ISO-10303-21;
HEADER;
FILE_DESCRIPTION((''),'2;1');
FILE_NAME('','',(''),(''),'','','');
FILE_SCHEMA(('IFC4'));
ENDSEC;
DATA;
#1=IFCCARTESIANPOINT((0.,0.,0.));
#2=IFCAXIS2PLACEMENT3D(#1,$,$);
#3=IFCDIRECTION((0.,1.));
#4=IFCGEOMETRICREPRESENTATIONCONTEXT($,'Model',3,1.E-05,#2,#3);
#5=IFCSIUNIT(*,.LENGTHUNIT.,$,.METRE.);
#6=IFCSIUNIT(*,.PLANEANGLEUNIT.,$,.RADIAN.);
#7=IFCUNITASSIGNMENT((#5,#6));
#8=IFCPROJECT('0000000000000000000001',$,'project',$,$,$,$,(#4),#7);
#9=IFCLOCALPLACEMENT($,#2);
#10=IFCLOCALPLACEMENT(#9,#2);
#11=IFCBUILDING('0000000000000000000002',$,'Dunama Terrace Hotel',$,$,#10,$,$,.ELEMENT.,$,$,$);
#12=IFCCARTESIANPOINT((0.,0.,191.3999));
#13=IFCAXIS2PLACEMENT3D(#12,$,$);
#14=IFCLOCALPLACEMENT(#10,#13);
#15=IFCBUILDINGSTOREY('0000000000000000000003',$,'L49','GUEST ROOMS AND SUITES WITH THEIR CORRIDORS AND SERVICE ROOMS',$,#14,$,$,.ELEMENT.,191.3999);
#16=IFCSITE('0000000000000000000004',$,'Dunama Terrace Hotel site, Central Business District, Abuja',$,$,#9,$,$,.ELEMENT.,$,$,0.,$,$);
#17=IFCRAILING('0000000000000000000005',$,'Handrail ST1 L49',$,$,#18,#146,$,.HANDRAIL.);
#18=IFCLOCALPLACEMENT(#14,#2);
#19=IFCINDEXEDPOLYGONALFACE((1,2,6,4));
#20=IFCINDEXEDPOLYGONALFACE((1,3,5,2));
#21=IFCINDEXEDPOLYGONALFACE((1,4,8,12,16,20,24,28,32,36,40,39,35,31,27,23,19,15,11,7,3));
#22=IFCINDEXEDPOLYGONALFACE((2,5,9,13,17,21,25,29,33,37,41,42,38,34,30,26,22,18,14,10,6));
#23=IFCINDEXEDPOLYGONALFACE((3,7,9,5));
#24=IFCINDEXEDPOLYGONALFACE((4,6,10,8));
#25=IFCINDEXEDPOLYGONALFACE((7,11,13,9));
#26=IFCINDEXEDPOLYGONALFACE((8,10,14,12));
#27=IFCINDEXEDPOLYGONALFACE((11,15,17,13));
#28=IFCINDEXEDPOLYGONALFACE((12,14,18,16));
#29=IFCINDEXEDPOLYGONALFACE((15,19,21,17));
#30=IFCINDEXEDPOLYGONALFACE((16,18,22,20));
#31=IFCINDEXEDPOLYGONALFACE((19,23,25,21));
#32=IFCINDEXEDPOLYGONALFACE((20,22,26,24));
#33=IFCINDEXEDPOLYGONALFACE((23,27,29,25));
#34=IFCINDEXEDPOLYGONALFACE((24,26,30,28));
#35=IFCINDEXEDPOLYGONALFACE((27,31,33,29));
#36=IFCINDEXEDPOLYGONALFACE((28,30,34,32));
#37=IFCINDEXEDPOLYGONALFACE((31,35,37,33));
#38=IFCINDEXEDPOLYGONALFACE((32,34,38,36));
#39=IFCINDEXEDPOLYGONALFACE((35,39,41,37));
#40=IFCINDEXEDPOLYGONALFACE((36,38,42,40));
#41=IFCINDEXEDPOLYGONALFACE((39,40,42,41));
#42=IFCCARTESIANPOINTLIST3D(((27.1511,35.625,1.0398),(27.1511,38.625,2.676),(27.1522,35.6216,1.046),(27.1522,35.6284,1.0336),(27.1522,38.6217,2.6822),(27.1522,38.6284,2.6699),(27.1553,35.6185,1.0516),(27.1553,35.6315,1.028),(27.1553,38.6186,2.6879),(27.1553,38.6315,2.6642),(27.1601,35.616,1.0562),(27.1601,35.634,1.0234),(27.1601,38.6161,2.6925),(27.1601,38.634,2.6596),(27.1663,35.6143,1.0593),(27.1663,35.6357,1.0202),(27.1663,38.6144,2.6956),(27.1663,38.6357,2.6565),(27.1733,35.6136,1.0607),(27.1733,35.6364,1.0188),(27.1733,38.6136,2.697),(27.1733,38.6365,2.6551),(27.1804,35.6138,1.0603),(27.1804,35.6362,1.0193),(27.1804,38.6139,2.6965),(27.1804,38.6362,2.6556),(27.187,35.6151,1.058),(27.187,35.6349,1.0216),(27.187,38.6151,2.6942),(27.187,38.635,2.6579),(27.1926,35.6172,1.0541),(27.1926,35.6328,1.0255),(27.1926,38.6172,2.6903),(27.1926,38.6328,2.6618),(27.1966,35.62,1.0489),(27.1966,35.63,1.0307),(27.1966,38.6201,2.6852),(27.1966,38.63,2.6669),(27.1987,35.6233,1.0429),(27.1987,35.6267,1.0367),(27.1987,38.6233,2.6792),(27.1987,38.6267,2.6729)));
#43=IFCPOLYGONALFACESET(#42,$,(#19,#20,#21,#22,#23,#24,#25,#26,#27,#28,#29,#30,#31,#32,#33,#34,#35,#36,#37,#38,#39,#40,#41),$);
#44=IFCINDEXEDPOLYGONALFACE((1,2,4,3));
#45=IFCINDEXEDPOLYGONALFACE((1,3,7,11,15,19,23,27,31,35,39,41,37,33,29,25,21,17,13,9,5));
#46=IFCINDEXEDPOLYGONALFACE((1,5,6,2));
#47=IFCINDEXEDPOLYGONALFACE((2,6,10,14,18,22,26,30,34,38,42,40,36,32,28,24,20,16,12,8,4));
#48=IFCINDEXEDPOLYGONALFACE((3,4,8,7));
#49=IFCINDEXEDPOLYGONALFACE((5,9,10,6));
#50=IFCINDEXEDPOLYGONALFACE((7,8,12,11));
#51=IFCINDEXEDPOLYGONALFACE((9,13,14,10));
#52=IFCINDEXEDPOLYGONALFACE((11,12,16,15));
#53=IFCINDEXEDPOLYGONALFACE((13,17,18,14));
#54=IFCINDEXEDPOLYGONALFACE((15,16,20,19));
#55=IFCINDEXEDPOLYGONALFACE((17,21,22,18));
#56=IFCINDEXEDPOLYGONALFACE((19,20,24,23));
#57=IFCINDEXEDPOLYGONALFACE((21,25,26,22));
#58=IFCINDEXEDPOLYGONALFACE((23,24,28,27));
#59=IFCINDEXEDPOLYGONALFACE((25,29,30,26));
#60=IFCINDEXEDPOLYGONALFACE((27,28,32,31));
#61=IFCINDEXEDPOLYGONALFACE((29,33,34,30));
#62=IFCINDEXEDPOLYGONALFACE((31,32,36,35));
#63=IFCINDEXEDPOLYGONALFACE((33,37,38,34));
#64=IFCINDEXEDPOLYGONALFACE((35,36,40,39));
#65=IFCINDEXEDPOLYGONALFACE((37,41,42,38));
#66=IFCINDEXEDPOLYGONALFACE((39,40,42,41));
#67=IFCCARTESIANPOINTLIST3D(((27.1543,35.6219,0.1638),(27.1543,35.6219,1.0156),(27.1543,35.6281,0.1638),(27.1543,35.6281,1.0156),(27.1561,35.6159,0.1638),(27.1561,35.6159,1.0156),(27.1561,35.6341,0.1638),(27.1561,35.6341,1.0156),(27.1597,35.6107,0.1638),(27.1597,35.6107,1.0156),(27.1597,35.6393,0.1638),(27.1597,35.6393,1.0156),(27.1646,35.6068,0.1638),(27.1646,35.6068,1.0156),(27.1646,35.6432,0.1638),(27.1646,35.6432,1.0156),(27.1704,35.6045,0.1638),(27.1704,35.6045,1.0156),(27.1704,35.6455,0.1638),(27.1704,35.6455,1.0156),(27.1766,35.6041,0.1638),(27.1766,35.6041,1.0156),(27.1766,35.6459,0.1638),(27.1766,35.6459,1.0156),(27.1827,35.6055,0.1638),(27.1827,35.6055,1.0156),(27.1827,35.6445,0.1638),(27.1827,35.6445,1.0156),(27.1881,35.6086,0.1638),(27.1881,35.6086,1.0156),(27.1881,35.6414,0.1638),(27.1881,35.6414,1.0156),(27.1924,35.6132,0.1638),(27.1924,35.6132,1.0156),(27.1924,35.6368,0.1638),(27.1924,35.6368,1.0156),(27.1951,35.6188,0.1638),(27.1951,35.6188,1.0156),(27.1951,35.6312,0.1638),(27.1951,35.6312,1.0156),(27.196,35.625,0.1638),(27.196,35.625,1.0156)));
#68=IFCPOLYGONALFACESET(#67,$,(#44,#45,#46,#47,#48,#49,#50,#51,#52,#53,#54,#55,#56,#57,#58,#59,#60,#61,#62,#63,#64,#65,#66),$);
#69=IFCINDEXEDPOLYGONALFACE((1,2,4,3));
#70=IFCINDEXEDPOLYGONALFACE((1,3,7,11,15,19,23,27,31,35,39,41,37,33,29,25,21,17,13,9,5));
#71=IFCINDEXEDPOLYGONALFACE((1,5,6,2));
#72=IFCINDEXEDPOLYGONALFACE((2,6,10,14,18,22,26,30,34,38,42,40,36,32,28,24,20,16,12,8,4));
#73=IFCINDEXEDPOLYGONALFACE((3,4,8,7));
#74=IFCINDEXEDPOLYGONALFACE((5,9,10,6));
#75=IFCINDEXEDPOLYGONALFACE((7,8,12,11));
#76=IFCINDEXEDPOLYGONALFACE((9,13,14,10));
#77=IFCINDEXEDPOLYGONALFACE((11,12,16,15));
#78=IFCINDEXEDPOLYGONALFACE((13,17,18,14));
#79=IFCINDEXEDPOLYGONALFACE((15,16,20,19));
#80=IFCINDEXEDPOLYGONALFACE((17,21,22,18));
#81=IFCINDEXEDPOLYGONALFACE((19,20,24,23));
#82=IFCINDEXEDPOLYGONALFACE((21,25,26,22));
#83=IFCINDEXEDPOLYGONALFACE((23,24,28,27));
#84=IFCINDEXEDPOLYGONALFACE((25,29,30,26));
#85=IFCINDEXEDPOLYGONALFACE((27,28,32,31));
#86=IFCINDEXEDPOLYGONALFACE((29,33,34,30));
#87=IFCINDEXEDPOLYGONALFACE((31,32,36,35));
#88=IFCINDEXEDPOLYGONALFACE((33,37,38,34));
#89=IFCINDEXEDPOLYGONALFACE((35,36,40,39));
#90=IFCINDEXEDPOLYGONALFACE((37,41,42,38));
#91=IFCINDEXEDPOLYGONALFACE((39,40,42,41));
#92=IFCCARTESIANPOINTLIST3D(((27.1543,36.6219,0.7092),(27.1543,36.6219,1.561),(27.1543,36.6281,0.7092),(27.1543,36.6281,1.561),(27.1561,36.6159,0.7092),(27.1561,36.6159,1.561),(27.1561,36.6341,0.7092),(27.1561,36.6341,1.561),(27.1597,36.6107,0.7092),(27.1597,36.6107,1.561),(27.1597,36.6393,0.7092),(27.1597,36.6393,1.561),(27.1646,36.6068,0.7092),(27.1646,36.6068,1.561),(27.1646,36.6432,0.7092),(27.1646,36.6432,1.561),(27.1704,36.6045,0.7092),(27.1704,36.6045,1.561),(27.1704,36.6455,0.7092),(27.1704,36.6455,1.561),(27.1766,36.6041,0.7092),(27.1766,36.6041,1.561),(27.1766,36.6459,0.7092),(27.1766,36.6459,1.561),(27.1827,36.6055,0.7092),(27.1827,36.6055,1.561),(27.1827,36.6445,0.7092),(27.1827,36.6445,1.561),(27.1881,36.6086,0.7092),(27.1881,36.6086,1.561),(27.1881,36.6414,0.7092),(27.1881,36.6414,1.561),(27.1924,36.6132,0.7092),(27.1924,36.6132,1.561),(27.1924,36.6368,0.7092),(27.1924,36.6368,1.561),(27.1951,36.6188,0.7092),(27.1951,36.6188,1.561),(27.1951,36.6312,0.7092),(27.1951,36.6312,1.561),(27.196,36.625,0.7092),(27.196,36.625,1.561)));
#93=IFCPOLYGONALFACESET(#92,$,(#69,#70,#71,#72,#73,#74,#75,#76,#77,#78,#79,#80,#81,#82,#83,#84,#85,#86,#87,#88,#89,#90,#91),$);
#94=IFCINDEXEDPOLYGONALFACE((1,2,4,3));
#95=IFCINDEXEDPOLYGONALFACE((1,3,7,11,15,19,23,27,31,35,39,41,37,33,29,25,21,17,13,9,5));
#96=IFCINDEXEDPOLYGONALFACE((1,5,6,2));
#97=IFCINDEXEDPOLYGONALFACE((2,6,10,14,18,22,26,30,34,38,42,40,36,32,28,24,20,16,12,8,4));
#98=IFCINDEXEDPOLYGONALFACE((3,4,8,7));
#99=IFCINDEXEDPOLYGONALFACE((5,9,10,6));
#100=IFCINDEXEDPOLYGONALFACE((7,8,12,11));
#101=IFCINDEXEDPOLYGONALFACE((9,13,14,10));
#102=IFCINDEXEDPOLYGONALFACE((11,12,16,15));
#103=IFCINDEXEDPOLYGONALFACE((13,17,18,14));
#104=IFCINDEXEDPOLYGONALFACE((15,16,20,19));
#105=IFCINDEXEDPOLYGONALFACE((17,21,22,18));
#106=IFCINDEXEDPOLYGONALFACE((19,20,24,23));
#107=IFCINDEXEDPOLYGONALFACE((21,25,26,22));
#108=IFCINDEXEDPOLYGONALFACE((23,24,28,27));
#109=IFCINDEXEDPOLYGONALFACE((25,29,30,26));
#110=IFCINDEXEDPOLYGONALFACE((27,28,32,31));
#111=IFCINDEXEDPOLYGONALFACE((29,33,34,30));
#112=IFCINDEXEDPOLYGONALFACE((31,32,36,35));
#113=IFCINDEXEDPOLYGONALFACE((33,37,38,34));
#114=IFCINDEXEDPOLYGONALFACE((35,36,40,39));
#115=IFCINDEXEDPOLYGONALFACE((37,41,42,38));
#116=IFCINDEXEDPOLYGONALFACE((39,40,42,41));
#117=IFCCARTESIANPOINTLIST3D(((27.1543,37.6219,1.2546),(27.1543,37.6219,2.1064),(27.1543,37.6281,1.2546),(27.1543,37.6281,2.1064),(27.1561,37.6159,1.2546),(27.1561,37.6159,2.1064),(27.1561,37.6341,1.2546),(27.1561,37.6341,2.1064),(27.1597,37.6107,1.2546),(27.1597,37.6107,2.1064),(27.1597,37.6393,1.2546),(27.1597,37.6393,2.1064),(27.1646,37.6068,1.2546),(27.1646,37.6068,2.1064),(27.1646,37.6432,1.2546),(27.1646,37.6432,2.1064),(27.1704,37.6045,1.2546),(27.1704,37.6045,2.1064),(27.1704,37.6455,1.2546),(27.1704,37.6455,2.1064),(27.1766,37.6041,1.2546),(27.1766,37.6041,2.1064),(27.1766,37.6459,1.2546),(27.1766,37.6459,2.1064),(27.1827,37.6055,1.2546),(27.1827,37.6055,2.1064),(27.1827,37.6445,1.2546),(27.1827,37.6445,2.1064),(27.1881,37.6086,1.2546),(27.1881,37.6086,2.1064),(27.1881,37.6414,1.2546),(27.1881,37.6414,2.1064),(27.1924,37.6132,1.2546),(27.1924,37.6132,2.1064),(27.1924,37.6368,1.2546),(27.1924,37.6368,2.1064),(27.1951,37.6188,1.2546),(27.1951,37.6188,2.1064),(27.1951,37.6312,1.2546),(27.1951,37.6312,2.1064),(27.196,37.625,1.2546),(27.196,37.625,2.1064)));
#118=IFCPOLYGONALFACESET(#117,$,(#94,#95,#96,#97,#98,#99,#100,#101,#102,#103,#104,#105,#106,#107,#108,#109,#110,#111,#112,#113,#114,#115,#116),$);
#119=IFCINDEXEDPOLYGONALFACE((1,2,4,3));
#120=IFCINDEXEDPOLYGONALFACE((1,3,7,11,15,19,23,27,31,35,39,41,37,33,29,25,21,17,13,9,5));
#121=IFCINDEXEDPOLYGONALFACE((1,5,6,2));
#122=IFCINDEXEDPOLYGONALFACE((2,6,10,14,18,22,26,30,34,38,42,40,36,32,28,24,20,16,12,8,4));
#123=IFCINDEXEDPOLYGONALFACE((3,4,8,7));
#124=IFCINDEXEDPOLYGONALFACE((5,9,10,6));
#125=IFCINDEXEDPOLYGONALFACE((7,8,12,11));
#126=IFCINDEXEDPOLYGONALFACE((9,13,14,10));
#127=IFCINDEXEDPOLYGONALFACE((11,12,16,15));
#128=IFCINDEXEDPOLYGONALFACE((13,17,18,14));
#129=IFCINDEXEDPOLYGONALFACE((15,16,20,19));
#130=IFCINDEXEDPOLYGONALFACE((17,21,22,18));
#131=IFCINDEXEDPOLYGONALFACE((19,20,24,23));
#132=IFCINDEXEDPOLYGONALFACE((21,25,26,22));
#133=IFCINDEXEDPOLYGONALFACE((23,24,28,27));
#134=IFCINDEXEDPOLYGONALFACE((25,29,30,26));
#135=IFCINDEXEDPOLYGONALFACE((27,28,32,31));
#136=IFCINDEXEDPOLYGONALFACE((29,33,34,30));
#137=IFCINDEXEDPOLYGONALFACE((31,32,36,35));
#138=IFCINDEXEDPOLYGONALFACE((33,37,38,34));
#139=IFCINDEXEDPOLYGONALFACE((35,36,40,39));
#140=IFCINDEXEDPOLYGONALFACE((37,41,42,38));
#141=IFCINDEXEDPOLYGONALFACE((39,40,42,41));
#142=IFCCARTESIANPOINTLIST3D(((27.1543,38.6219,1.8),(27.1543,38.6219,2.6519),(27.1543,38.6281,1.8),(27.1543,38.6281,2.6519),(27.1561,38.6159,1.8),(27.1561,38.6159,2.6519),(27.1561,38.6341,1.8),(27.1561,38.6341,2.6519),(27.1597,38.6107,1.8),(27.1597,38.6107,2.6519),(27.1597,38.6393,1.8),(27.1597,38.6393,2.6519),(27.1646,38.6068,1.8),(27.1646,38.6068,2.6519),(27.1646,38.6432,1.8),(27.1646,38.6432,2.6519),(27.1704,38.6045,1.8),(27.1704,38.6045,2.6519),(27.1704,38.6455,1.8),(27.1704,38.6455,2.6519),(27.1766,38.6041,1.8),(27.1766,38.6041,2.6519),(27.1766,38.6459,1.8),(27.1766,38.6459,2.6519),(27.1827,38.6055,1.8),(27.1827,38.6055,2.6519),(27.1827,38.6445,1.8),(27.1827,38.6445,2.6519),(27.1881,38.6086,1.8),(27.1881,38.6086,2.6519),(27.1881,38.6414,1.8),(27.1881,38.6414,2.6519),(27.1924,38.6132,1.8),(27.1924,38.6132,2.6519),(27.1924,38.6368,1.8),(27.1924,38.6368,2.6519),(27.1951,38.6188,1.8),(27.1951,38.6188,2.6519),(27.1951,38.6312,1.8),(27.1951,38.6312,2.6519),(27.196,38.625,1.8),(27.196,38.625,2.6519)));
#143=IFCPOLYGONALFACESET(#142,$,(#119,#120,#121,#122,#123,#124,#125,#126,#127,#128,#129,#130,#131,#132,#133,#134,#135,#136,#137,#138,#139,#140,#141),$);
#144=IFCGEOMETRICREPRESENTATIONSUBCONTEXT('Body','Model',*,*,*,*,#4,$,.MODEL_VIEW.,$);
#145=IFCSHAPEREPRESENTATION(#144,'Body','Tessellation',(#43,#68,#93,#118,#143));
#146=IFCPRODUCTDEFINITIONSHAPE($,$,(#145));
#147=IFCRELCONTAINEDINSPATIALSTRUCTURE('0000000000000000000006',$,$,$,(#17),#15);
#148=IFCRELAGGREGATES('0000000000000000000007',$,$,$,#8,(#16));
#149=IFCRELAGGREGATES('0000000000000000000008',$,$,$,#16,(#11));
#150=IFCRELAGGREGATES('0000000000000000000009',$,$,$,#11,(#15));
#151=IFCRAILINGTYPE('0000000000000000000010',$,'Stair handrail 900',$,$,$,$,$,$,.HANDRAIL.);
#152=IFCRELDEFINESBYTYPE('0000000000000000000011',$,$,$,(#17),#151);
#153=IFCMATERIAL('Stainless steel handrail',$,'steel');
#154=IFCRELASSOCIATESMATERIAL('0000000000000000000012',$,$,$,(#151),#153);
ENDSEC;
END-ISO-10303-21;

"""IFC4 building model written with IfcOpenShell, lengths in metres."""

from ifc_helpers import new_model, si_unit, direction, frame, origin, origin_2d, place, context, subcontext, project, spatial, circle, extrude, material, type_object, element, save


model = new_model("IFC4")

# Units and contexts
model_context = context("Model", 3, precision=1e-05, world=origin(), true_north=direction((0.0, 1.0)))
body_context = subcontext(model_context, "Body", "Model", "MODEL_VIEW")
ifc_project = project(units=[si_unit("LENGTHUNIT", "METRE"), si_unit("PLANEANGLEUNIT", "RADIAN")], contexts=[model_context])

# Site, building, storey
site_placement = place(None, origin())
site = spatial("IfcSite", under=ifc_project, at=site_placement, Name="Dunama Terrace Hotel site, Central Business District, Abuja", CompositionType="ELEMENT", RefElevation=0.0)
building_placement = place(site_placement, origin())
building = spatial("IfcBuilding", under=site, at=building_placement, Name="Dunama Terrace Hotel", CompositionType="ELEMENT")
storey_placement = place(building_placement, frame((0.0, 0.0, 191.3999)))
storey = spatial("IfcBuildingStorey", under=building, at=storey_placement, Name="L49", Description="GUEST ROOMS AND SUITES WITH THEIR CORRIDORS AND SERVICE ROOMS", CompositionType="ELEMENT", Elevation=191.3999)

# Railing
ifc_material_1 = material(Name="Stainless steel handrail", Category="steel")
railing_type = type_object("IfcRailingType", Name="Stair handrail 900", PredefinedType="HANDRAIL", material=ifc_material_1)
railing_1_placement = place(storey_placement, frame((27.175, 35.625, 0.1638)))
element("IfcRailing", 1, at=railing_1_placement, inside=storey, type_object=railing_type, Name="Handrail ST1 L49", PredefinedType="HANDRAIL", context=body_context, shape_type="SweptSolid", body=[
    extrude(circle(Radius=0.0239, at=origin_2d()), frame((0.0, 0.0, 0.876), z_axis=(0.0, 0.877912, 0.478822), x_axis=(-1.0, 0.0, 0.0)), (0.0, 0.0, 1.0), 3.4172),
    extrude(circle(Radius=0.021, at=origin_2d()), origin(), (0.0, 0.0, 1.0), 0.8518),
    extrude(circle(Radius=0.021, at=origin_2d()), frame((0.0, 1.0, 0.5454)), (0.0, 0.0, 1.0), 0.8518),
    extrude(circle(Radius=0.021, at=origin_2d()), frame((0.0, 2.0, 1.0908)), (0.0, 0.0, 1.0), 0.8518),
    extrude(circle(Radius=0.021, at=origin_2d()), frame((0.0, 3.0, 1.6362)), (0.0, 0.0, 1.0), 0.8518),
])

save(model, "model.ifc")
